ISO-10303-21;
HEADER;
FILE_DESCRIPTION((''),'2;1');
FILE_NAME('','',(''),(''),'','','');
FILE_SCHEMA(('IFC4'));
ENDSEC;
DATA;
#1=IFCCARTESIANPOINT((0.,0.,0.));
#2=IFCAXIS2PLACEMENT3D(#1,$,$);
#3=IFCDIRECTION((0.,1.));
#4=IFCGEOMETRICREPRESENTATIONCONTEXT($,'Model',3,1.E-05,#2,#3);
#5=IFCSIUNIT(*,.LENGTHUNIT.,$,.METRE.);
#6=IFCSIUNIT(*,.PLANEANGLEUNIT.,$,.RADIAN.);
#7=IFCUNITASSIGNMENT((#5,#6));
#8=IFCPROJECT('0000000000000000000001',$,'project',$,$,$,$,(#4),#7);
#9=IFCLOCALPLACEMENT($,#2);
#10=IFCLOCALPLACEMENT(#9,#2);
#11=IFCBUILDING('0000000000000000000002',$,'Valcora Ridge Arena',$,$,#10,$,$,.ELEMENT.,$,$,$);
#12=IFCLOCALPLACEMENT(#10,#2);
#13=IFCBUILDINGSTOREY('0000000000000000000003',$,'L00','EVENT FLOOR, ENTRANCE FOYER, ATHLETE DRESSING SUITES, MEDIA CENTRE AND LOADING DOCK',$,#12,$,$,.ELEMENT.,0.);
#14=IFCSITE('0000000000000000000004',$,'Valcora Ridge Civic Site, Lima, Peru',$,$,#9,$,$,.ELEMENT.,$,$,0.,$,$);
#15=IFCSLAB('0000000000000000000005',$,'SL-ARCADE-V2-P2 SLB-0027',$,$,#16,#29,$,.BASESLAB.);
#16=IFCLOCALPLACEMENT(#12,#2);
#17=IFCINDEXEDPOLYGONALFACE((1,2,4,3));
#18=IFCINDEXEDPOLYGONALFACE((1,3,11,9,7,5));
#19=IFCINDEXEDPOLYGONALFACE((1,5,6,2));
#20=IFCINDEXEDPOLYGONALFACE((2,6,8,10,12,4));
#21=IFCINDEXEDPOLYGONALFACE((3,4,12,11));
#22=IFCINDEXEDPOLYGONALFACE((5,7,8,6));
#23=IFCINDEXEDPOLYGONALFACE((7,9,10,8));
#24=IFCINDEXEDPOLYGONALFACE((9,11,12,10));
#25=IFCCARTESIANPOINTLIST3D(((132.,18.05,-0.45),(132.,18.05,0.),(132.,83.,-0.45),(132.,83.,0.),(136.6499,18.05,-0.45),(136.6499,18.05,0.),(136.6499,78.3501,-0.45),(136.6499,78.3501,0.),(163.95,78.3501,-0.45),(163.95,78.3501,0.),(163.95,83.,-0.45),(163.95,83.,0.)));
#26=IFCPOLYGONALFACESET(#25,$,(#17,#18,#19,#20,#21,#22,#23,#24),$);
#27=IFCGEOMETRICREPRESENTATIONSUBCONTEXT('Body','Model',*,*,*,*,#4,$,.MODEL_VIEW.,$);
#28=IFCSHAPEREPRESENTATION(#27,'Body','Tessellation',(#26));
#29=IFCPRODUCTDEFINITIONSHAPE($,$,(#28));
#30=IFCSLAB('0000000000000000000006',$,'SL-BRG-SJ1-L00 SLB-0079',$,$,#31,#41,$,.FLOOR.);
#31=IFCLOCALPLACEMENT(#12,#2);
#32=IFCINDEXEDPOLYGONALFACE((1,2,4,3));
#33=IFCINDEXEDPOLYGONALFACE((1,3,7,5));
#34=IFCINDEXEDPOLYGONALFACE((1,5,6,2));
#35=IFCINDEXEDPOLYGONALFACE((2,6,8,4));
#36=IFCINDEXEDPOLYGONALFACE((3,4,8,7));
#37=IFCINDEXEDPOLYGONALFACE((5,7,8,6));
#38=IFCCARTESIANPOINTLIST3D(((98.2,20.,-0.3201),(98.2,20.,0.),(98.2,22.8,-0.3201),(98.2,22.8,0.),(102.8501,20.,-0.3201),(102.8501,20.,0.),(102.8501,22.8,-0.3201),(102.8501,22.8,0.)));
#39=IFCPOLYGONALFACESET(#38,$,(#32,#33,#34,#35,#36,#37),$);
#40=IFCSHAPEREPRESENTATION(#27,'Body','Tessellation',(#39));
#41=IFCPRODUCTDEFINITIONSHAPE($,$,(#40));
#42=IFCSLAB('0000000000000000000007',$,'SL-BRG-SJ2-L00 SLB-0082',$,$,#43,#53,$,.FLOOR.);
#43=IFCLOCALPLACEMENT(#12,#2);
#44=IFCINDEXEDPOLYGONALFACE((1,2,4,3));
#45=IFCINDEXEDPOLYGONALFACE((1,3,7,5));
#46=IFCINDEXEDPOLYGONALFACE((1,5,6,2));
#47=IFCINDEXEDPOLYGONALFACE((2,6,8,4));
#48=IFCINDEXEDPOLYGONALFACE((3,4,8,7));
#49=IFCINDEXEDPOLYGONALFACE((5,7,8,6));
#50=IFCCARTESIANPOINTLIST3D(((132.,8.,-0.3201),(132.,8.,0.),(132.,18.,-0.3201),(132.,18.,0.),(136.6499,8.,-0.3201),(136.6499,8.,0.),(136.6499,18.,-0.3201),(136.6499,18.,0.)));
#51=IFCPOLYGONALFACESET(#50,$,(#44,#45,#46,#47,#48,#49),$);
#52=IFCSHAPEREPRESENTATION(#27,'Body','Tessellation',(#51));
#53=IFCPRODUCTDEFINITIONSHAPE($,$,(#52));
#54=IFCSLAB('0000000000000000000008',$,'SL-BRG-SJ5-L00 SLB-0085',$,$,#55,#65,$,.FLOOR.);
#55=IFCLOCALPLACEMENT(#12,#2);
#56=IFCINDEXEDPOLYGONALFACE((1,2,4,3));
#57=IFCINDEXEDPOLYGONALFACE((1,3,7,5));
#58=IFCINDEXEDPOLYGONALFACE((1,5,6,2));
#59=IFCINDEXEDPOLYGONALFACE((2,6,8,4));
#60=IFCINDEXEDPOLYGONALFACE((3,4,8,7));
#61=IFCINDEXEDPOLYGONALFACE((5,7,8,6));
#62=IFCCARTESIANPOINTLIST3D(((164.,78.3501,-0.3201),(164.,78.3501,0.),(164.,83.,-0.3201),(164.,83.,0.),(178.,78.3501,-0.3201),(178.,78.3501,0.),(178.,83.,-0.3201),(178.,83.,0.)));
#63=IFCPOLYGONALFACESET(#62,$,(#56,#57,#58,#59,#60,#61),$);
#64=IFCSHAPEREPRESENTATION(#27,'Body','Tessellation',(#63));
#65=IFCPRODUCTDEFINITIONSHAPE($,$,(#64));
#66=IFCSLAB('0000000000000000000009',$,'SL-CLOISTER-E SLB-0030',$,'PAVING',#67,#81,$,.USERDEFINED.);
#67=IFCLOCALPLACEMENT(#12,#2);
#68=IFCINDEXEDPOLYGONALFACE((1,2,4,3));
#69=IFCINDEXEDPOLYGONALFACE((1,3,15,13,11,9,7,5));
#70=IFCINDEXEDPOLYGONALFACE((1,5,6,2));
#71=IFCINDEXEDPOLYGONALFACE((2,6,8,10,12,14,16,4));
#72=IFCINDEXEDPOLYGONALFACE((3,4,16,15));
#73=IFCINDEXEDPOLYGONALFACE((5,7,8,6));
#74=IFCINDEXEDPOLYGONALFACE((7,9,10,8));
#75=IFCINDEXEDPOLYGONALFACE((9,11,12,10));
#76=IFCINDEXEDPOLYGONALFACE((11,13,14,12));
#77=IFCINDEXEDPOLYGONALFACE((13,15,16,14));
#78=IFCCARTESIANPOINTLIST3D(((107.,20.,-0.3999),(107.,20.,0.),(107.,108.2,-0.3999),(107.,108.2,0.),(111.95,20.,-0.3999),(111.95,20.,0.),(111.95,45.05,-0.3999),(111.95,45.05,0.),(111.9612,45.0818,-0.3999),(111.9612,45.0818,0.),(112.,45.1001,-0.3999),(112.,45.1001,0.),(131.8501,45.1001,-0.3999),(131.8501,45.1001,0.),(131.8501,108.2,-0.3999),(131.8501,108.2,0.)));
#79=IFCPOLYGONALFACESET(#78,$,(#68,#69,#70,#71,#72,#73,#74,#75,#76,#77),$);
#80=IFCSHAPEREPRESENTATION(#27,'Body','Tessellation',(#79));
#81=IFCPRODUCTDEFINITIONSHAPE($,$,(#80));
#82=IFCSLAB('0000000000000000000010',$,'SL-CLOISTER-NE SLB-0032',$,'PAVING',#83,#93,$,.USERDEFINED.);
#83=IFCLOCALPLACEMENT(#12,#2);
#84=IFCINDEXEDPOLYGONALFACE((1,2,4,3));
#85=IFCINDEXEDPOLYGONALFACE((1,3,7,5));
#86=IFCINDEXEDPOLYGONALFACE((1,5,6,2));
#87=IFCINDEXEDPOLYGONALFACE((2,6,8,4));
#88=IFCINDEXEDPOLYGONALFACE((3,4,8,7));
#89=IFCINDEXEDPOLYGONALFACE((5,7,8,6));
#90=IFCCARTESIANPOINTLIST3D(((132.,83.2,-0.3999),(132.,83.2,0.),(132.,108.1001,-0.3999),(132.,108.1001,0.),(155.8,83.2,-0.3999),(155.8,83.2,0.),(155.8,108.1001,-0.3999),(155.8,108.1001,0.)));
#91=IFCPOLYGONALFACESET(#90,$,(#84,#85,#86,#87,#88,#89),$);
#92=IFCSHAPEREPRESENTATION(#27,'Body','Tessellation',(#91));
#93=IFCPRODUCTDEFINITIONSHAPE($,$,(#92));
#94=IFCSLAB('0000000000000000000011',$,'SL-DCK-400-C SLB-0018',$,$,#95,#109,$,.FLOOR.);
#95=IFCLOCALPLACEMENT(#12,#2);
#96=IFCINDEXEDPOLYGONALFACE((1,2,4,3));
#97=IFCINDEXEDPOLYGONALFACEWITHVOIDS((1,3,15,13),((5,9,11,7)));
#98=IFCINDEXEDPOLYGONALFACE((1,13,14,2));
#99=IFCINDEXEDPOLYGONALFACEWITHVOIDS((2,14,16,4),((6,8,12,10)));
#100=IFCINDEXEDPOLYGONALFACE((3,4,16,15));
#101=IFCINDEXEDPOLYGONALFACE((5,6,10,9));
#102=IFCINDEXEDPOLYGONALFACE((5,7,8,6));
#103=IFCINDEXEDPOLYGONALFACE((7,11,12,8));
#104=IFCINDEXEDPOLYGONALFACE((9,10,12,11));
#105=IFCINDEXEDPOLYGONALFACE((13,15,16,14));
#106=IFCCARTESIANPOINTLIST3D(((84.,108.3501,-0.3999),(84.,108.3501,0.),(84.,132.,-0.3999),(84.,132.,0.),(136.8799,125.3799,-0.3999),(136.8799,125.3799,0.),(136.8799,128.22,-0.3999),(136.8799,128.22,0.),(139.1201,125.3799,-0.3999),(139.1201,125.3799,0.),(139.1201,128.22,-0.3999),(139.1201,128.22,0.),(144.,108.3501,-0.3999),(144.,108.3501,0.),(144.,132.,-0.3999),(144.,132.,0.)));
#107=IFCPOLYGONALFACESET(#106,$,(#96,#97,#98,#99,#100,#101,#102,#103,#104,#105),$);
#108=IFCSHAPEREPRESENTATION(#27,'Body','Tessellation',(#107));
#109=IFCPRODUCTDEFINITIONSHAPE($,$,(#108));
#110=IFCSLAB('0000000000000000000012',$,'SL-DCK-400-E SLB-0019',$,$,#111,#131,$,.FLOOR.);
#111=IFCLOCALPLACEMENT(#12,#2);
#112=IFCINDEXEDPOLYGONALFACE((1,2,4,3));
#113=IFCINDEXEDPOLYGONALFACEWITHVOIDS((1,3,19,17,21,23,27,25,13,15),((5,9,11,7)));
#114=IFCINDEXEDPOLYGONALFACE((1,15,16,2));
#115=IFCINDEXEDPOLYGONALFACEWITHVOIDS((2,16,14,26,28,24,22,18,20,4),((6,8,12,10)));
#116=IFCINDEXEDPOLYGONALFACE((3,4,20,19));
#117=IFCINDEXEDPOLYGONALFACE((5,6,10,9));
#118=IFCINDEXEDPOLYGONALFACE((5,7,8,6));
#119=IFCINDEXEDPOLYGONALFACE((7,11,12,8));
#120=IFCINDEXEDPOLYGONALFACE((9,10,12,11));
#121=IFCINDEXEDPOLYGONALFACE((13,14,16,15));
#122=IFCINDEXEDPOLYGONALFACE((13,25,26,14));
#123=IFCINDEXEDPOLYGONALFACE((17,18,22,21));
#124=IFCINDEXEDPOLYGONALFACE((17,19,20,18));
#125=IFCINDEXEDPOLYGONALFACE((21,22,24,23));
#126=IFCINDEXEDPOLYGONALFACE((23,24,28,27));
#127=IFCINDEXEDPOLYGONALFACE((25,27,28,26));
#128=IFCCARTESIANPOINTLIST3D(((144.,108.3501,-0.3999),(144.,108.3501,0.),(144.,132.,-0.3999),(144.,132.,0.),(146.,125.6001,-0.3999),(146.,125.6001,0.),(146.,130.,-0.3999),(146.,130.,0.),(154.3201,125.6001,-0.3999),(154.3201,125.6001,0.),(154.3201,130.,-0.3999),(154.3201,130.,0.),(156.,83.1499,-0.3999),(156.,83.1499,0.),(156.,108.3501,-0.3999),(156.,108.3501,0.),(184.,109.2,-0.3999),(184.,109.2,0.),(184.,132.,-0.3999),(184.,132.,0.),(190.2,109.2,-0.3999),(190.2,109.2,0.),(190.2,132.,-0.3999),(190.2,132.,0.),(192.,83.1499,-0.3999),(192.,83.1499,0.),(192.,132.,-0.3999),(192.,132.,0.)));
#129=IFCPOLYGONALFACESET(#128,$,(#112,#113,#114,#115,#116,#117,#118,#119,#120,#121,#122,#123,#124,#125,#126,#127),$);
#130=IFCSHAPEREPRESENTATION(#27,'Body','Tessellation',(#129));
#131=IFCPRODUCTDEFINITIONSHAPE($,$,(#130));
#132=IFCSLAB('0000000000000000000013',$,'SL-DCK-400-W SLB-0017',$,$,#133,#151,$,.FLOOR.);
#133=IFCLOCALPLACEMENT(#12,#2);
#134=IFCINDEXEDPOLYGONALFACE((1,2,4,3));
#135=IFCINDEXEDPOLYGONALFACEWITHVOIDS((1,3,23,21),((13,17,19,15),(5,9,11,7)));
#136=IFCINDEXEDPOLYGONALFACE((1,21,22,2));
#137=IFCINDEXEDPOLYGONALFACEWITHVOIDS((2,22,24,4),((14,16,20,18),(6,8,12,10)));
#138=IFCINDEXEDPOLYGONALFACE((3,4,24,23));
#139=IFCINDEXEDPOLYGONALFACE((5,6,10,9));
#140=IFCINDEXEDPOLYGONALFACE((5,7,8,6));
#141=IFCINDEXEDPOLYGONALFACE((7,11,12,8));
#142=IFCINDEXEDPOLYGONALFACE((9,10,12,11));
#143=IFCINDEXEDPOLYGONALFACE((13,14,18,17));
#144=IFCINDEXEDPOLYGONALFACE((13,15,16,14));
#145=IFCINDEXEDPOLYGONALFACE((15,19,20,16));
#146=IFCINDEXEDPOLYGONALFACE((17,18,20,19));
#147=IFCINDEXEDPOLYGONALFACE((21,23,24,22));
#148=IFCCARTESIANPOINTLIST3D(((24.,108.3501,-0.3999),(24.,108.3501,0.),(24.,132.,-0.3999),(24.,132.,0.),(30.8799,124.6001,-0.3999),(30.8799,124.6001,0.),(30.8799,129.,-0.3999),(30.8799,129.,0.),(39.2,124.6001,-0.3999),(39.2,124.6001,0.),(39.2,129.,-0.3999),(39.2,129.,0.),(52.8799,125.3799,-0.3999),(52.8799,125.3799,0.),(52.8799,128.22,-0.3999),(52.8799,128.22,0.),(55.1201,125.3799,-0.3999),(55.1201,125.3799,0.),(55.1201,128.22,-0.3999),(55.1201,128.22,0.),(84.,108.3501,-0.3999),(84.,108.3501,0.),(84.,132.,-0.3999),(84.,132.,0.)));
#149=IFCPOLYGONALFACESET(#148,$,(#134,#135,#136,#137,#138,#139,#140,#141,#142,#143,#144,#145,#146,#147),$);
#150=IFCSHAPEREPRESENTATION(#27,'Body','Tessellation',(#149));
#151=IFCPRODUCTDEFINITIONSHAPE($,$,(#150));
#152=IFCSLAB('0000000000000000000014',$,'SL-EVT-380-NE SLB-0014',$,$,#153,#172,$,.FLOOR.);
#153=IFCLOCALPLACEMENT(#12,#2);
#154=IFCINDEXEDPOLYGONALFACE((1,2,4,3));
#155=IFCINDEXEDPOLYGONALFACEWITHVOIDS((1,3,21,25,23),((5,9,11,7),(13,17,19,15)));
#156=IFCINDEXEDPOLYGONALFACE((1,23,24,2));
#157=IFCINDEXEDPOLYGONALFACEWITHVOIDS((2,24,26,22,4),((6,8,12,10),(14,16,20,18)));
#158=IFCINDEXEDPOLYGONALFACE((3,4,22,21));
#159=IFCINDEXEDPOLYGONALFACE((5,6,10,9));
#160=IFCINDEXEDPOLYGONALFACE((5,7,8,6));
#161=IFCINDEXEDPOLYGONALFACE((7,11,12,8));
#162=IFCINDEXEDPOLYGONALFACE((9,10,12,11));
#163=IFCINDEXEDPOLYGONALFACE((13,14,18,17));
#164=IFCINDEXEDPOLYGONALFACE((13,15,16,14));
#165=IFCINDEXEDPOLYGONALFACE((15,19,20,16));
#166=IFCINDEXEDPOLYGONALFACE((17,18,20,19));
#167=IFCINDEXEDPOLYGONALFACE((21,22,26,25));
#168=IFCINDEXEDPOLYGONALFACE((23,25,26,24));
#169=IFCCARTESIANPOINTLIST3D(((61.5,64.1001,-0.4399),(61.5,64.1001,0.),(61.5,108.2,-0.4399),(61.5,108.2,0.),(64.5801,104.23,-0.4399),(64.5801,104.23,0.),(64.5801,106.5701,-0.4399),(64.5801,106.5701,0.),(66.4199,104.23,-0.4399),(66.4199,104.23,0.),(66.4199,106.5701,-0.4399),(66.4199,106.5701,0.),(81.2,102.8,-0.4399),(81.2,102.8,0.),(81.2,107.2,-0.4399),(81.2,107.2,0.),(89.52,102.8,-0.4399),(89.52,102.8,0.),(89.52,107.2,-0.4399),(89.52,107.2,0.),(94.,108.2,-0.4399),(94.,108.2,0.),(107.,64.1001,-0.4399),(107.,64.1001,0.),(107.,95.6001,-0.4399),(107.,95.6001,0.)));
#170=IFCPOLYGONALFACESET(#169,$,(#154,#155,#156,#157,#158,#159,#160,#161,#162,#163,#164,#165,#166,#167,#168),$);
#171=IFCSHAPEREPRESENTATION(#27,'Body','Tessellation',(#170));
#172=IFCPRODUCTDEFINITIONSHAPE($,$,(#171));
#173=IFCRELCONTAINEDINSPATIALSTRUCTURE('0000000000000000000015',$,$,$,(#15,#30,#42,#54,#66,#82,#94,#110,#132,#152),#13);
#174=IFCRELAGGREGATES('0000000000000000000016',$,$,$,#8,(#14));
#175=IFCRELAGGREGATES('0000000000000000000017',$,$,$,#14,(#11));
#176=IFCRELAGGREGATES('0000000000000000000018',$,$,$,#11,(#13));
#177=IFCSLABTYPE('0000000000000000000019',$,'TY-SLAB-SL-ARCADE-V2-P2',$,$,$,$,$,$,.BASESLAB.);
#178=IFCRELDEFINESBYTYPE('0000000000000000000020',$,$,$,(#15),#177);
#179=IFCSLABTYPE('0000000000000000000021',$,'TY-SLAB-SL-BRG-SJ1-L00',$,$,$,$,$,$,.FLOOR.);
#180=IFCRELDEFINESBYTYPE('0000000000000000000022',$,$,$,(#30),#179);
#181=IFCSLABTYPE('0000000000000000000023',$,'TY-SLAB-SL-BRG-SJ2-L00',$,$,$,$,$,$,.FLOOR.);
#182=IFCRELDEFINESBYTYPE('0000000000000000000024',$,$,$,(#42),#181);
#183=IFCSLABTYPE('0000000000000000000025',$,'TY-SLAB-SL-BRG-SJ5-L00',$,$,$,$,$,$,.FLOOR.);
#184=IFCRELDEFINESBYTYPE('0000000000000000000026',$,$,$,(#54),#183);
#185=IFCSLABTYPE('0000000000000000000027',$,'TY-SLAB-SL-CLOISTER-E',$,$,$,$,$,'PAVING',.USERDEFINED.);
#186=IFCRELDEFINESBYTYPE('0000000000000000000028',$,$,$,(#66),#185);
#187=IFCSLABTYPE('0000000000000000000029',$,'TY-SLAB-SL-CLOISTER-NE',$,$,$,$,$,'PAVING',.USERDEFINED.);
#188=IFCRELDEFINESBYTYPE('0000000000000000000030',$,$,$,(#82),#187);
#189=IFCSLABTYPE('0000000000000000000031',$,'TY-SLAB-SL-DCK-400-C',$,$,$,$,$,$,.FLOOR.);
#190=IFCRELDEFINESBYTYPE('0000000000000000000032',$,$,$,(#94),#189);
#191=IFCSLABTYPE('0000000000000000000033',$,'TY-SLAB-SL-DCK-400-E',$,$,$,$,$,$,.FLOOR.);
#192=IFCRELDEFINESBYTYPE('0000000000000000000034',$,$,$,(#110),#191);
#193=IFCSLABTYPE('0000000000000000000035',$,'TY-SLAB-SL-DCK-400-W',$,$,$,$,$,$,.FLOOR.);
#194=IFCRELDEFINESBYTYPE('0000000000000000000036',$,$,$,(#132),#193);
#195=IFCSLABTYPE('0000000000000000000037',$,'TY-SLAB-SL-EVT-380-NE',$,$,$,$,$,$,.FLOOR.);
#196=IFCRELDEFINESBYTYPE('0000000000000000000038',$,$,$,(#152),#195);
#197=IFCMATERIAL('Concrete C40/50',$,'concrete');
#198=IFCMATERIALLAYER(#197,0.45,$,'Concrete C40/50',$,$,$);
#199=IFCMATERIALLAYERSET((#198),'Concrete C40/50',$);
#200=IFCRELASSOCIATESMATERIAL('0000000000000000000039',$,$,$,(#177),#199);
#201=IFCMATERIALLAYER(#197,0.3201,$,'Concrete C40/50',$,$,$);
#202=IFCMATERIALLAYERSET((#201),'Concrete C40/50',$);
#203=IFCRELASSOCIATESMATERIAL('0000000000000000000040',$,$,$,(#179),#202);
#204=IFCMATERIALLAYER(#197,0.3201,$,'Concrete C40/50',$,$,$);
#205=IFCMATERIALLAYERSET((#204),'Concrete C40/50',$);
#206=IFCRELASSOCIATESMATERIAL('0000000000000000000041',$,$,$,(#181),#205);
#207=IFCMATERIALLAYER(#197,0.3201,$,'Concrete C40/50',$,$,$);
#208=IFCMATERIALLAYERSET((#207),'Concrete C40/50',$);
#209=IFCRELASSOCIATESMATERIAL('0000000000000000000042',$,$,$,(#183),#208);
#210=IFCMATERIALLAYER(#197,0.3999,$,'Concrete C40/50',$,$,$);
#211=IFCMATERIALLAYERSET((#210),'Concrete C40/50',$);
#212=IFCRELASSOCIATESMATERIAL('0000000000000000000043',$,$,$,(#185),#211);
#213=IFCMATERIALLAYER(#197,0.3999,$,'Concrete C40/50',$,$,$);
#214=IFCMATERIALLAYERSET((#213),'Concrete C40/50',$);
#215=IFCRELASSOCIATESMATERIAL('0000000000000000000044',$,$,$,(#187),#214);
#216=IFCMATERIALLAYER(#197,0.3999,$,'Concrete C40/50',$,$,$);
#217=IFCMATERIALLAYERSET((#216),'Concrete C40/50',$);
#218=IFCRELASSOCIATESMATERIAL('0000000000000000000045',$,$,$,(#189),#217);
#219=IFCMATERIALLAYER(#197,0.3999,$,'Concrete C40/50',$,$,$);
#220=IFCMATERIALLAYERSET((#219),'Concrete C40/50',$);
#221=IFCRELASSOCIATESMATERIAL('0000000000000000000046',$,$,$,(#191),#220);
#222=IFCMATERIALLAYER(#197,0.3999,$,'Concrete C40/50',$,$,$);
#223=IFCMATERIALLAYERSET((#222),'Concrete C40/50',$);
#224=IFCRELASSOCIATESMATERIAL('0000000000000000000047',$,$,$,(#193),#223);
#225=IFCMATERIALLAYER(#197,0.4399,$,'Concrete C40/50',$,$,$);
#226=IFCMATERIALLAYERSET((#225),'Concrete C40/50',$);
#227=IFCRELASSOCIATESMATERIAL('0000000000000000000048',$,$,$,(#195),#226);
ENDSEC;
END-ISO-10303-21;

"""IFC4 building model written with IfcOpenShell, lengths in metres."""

from ifc_helpers import new_model, si_unit, direction, frame, origin, place, context, subcontext, project, spatial, polyline, outline, extrude, material, layer, layer_set, type_object, element, save


model = new_model("IFC4")

# Units and contexts
model_context = context("Model", 3, precision=1e-05, world=origin(), true_north=direction((0.0, 1.0)))
body_context = subcontext(model_context, "Body", "Model", "MODEL_VIEW")
ifc_project = project(units=[si_unit("LENGTHUNIT", "METRE"), si_unit("PLANEANGLEUNIT", "RADIAN")], contexts=[model_context])

# Site, building, storey
site_placement = place(None, origin())
site = spatial("IfcSite", under=ifc_project, at=site_placement, Name="Valcora Ridge Civic Site, Lima, Peru", CompositionType="ELEMENT", RefElevation=0.0)
building_placement = place(site_placement, origin())
building = spatial("IfcBuilding", under=site, at=building_placement, Name="Valcora Ridge Arena", CompositionType="ELEMENT")
storey_placement = place(building_placement, origin())
storey = spatial("IfcBuildingStorey", under=building, at=storey_placement, Name="L00", Description="EVENT FLOOR, ENTRANCE FOYER, ATHLETE DRESSING SUITES, MEDIA CENTRE AND LOADING DOCK", CompositionType="ELEMENT", Elevation=0.0)

# Shared definitions
ifc_material_1 = material(Name="Concrete C40/50", Category="concrete")

# Slabs
ifc_layer_1 = layer(ifc_material_1, 0.45, Name="Concrete C40/50")
ifc_layer_set_1 = layer_set([ifc_layer_1], Name="Concrete C40/50")
slab_type_1 = type_object("IfcSlabType", Name="TY-SLAB-SL-ARCADE-V2-P2", PredefinedType="BASESLAB", material=ifc_layer_set_1)
slab_1_placement = place(storey_placement, frame((0.0, 0.0, -0.45)))
element("IfcSlab", 1, at=slab_1_placement, inside=storey, type_object=slab_type_1, Name="SL-ARCADE-V2-P2 SLB-0027", PredefinedType="BASESLAB", context=body_context, shape_type="SweptSolid", body=[
    extrude(outline(polyline([(163.95, 78.3501), (163.95, 83.0), (132.0, 83.0), (132.0, 18.05), (136.6499, 18.05), (136.6499, 78.3501), (163.95, 78.3501)])), origin(), (0.0, 0.0, 1.0), 0.45),
])
ifc_layer_2 = layer(ifc_material_1, 0.3201, Name="Concrete C40/50")
ifc_layer_set_2 = layer_set([ifc_layer_2], Name="Concrete C40/50")
slab_type_2 = type_object("IfcSlabType", Name="TY-SLAB-SL-BRG-SJ1-L00", PredefinedType="FLOOR", material=ifc_layer_set_2)
slab_2_placement = place(storey_placement, frame((0.0, 0.0, -0.3201)))
element("IfcSlab", 2, at=slab_2_placement, inside=storey, type_object=slab_type_2, Name="SL-BRG-SJ1-L00 SLB-0079", PredefinedType="FLOOR", context=body_context, shape_type="SweptSolid", body=[
    extrude(outline(polyline([(102.8501, 20.0), (102.8501, 22.8), (98.2, 22.8), (98.2, 20.0), (102.8501, 20.0)])), origin(), (0.0, 0.0, 1.0), 0.3201),
])
ifc_layer_3 = layer(ifc_material_1, 0.3201, Name="Concrete C40/50")
ifc_layer_set_3 = layer_set([ifc_layer_3], Name="Concrete C40/50")
slab_type_3 = type_object("IfcSlabType", Name="TY-SLAB-SL-BRG-SJ2-L00", PredefinedType="FLOOR", material=ifc_layer_set_3)
slab_3_placement = place(storey_placement, frame((0.0, 0.0, -0.3201)))
element("IfcSlab", 3, at=slab_3_placement, inside=storey, type_object=slab_type_3, Name="SL-BRG-SJ2-L00 SLB-0082", PredefinedType="FLOOR", context=body_context, shape_type="SweptSolid", body=[
    extrude(outline(polyline([(136.6499, 8.0), (136.6499, 18.0), (132.0, 18.0), (132.0, 8.0), (136.6499, 8.0)])), origin(), (0.0, 0.0, 1.0), 0.3201),
])
ifc_layer_4 = layer(ifc_material_1, 0.3201, Name="Concrete C40/50")
ifc_layer_set_4 = layer_set([ifc_layer_4], Name="Concrete C40/50")
slab_type_4 = type_object("IfcSlabType", Name="TY-SLAB-SL-BRG-SJ5-L00", PredefinedType="FLOOR", material=ifc_layer_set_4)
slab_4_placement = place(storey_placement, frame((0.0, 0.0, -0.3201)))
element("IfcSlab", 4, at=slab_4_placement, inside=storey, type_object=slab_type_4, Name="SL-BRG-SJ5-L00 SLB-0085", PredefinedType="FLOOR", context=body_context, shape_type="SweptSolid", body=[
    extrude(outline(polyline([(178.0, 78.3501), (178.0, 83.0), (164.0, 83.0), (164.0, 78.3501), (178.0, 78.3501)])), origin(), (0.0, 0.0, 1.0), 0.3201),
])
ifc_layer_5 = layer(ifc_material_1, 0.3999, Name="Concrete C40/50")
ifc_layer_set_5 = layer_set([ifc_layer_5], Name="Concrete C40/50")
slab_type_5 = type_object("IfcSlabType", Name="TY-SLAB-SL-CLOISTER-E", ElementType="PAVING", PredefinedType="USERDEFINED", material=ifc_layer_set_5)
slab_5_placement = place(storey_placement, frame((0.0, 0.0, -0.3999)))
element("IfcSlab", 5, at=slab_5_placement, inside=storey, type_object=slab_type_5, Name="SL-CLOISTER-E SLB-0030", ObjectType="PAVING", PredefinedType="USERDEFINED", context=body_context, shape_type="SweptSolid", body=[
    extrude(outline(polyline([(107.0, 20.0), (111.95, 20.0), (111.95, 45.05), (111.9612, 45.0818), (112.0, 45.1001), (131.8501, 45.1001), (131.8501, 108.2), (107.0, 108.2), (107.0, 20.0)])), origin(), (0.0, 0.0, 1.0), 0.3999),
])
ifc_layer_6 = layer(ifc_material_1, 0.3999, Name="Concrete C40/50")
ifc_layer_set_6 = layer_set([ifc_layer_6], Name="Concrete C40/50")
slab_type_6 = type_object("IfcSlabType", Name="TY-SLAB-SL-CLOISTER-NE", ElementType="PAVING", PredefinedType="USERDEFINED", material=ifc_layer_set_6)
slab_6_placement = place(storey_placement, frame((0.0, 0.0, -0.3999)))
element("IfcSlab", 6, at=slab_6_placement, inside=storey, type_object=slab_type_6, Name="SL-CLOISTER-NE SLB-0032", ObjectType="PAVING", PredefinedType="USERDEFINED", context=body_context, shape_type="SweptSolid", body=[
    extrude(outline(polyline([(155.8, 83.2), (155.8, 108.1001), (132.0, 108.1001), (132.0, 83.2), (155.8, 83.2)])), origin(), (0.0, 0.0, 1.0), 0.3999),
])
ifc_layer_7 = layer(ifc_material_1, 0.3999, Name="Concrete C40/50")
ifc_layer_set_7 = layer_set([ifc_layer_7], Name="Concrete C40/50")
slab_type_7 = type_object("IfcSlabType", Name="TY-SLAB-SL-DCK-400-C", PredefinedType="FLOOR", material=ifc_layer_set_7)
slab_7_placement = place(storey_placement, frame((0.0, 0.0, -0.3999)))
element("IfcSlab", 7, at=slab_7_placement, inside=storey, type_object=slab_type_7, Name="SL-DCK-400-C SLB-0018", PredefinedType="FLOOR", context=body_context, shape_type="SweptSolid", body=[
    extrude(outline(polyline([(84.0, 132.0), (84.0, 108.3501), (144.0, 108.3501), (144.0, 132.0), (84.0, 132.0)]), holes=[polyline([(136.8799, 128.22), (136.8799, 125.3799), (139.1201, 125.3799), (139.1201, 128.22), (136.8799, 128.22)])]), origin(), (0.0, 0.0, 1.0), 0.3999),
])
ifc_layer_8 = layer(ifc_material_1, 0.3999, Name="Concrete C40/50")
ifc_layer_set_8 = layer_set([ifc_layer_8], Name="Concrete C40/50")
slab_type_8 = type_object("IfcSlabType", Name="TY-SLAB-SL-DCK-400-E", PredefinedType="FLOOR", material=ifc_layer_set_8)
slab_8_placement = place(storey_placement, frame((0.0, 0.0, -0.3999)))
element("IfcSlab", 8, at=slab_8_placement, inside=storey, type_object=slab_type_8, Name="SL-DCK-400-E SLB-0019", PredefinedType="FLOOR", context=body_context, shape_type="SweptSolid", body=[
    extrude(outline(polyline([(156.0, 108.3501), (156.0, 83.1499), (192.0, 83.1499), (192.0, 132.0), (190.2, 132.0), (190.2, 109.2), (184.0, 109.2), (184.0, 132.0), (144.0, 132.0), (144.0, 108.3501), (156.0, 108.3501)]), holes=[polyline([(146.0, 130.0), (146.0, 125.6001), (154.3201, 125.6001), (154.3201, 130.0), (146.0, 130.0)])]), origin(), (0.0, 0.0, 1.0), 0.3999),
])
ifc_layer_9 = layer(ifc_material_1, 0.3999, Name="Concrete C40/50")
ifc_layer_set_9 = layer_set([ifc_layer_9], Name="Concrete C40/50")
slab_type_9 = type_object("IfcSlabType", Name="TY-SLAB-SL-DCK-400-W", PredefinedType="FLOOR", material=ifc_layer_set_9)
slab_9_placement = place(storey_placement, frame((0.0, 0.0, -0.3999)))
element("IfcSlab", 9, at=slab_9_placement, inside=storey, type_object=slab_type_9, Name="SL-DCK-400-W SLB-0017", PredefinedType="FLOOR", context=body_context, shape_type="SweptSolid", body=[
    extrude(outline(polyline([(24.0, 132.0), (24.0, 108.3501), (84.0, 108.3501), (84.0, 132.0), (24.0, 132.0)]), holes=[polyline([(30.8799, 129.0), (30.8799, 124.6001), (39.2, 124.6001), (39.2, 129.0), (30.8799, 129.0)]), polyline([(52.8799, 128.22), (52.8799, 125.3799), (55.1201, 125.3799), (55.1201, 128.22), (52.8799, 128.22)])]), origin(), (0.0, 0.0, 1.0), 0.3999),
])
ifc_layer_10 = layer(ifc_material_1, 0.4399, Name="Concrete C40/50")
ifc_layer_set_10 = layer_set([ifc_layer_10], Name="Concrete C40/50")
slab_type_10 = type_object("IfcSlabType", Name="TY-SLAB-SL-EVT-380-NE", PredefinedType="FLOOR", material=ifc_layer_set_10)
slab_10_placement = place(storey_placement, frame((0.0, 0.0, -0.4399)))
element("IfcSlab", 10, at=slab_10_placement, inside=storey, type_object=slab_type_10, Name="SL-EVT-380-NE SLB-0014", PredefinedType="FLOOR", context=body_context, shape_type="SweptSolid", body=[
    extrude(outline(polyline([(94.0, 108.2), (61.5, 108.2), (61.5, 64.1001), (107.0, 64.1001), (107.0, 95.6001), (94.0, 108.2)]), holes=[polyline([(89.52, 102.8), (89.52, 107.2), (81.2, 107.2), (81.2, 102.8), (89.52, 102.8)]), polyline([(64.5801, 106.5701), (64.5801, 104.23), (66.4199, 104.23), (66.4199, 106.5701), (64.5801, 106.5701)])]), origin(), (0.0, 0.0, 1.0), 0.4399),
])

save(model, "model.ifc")
